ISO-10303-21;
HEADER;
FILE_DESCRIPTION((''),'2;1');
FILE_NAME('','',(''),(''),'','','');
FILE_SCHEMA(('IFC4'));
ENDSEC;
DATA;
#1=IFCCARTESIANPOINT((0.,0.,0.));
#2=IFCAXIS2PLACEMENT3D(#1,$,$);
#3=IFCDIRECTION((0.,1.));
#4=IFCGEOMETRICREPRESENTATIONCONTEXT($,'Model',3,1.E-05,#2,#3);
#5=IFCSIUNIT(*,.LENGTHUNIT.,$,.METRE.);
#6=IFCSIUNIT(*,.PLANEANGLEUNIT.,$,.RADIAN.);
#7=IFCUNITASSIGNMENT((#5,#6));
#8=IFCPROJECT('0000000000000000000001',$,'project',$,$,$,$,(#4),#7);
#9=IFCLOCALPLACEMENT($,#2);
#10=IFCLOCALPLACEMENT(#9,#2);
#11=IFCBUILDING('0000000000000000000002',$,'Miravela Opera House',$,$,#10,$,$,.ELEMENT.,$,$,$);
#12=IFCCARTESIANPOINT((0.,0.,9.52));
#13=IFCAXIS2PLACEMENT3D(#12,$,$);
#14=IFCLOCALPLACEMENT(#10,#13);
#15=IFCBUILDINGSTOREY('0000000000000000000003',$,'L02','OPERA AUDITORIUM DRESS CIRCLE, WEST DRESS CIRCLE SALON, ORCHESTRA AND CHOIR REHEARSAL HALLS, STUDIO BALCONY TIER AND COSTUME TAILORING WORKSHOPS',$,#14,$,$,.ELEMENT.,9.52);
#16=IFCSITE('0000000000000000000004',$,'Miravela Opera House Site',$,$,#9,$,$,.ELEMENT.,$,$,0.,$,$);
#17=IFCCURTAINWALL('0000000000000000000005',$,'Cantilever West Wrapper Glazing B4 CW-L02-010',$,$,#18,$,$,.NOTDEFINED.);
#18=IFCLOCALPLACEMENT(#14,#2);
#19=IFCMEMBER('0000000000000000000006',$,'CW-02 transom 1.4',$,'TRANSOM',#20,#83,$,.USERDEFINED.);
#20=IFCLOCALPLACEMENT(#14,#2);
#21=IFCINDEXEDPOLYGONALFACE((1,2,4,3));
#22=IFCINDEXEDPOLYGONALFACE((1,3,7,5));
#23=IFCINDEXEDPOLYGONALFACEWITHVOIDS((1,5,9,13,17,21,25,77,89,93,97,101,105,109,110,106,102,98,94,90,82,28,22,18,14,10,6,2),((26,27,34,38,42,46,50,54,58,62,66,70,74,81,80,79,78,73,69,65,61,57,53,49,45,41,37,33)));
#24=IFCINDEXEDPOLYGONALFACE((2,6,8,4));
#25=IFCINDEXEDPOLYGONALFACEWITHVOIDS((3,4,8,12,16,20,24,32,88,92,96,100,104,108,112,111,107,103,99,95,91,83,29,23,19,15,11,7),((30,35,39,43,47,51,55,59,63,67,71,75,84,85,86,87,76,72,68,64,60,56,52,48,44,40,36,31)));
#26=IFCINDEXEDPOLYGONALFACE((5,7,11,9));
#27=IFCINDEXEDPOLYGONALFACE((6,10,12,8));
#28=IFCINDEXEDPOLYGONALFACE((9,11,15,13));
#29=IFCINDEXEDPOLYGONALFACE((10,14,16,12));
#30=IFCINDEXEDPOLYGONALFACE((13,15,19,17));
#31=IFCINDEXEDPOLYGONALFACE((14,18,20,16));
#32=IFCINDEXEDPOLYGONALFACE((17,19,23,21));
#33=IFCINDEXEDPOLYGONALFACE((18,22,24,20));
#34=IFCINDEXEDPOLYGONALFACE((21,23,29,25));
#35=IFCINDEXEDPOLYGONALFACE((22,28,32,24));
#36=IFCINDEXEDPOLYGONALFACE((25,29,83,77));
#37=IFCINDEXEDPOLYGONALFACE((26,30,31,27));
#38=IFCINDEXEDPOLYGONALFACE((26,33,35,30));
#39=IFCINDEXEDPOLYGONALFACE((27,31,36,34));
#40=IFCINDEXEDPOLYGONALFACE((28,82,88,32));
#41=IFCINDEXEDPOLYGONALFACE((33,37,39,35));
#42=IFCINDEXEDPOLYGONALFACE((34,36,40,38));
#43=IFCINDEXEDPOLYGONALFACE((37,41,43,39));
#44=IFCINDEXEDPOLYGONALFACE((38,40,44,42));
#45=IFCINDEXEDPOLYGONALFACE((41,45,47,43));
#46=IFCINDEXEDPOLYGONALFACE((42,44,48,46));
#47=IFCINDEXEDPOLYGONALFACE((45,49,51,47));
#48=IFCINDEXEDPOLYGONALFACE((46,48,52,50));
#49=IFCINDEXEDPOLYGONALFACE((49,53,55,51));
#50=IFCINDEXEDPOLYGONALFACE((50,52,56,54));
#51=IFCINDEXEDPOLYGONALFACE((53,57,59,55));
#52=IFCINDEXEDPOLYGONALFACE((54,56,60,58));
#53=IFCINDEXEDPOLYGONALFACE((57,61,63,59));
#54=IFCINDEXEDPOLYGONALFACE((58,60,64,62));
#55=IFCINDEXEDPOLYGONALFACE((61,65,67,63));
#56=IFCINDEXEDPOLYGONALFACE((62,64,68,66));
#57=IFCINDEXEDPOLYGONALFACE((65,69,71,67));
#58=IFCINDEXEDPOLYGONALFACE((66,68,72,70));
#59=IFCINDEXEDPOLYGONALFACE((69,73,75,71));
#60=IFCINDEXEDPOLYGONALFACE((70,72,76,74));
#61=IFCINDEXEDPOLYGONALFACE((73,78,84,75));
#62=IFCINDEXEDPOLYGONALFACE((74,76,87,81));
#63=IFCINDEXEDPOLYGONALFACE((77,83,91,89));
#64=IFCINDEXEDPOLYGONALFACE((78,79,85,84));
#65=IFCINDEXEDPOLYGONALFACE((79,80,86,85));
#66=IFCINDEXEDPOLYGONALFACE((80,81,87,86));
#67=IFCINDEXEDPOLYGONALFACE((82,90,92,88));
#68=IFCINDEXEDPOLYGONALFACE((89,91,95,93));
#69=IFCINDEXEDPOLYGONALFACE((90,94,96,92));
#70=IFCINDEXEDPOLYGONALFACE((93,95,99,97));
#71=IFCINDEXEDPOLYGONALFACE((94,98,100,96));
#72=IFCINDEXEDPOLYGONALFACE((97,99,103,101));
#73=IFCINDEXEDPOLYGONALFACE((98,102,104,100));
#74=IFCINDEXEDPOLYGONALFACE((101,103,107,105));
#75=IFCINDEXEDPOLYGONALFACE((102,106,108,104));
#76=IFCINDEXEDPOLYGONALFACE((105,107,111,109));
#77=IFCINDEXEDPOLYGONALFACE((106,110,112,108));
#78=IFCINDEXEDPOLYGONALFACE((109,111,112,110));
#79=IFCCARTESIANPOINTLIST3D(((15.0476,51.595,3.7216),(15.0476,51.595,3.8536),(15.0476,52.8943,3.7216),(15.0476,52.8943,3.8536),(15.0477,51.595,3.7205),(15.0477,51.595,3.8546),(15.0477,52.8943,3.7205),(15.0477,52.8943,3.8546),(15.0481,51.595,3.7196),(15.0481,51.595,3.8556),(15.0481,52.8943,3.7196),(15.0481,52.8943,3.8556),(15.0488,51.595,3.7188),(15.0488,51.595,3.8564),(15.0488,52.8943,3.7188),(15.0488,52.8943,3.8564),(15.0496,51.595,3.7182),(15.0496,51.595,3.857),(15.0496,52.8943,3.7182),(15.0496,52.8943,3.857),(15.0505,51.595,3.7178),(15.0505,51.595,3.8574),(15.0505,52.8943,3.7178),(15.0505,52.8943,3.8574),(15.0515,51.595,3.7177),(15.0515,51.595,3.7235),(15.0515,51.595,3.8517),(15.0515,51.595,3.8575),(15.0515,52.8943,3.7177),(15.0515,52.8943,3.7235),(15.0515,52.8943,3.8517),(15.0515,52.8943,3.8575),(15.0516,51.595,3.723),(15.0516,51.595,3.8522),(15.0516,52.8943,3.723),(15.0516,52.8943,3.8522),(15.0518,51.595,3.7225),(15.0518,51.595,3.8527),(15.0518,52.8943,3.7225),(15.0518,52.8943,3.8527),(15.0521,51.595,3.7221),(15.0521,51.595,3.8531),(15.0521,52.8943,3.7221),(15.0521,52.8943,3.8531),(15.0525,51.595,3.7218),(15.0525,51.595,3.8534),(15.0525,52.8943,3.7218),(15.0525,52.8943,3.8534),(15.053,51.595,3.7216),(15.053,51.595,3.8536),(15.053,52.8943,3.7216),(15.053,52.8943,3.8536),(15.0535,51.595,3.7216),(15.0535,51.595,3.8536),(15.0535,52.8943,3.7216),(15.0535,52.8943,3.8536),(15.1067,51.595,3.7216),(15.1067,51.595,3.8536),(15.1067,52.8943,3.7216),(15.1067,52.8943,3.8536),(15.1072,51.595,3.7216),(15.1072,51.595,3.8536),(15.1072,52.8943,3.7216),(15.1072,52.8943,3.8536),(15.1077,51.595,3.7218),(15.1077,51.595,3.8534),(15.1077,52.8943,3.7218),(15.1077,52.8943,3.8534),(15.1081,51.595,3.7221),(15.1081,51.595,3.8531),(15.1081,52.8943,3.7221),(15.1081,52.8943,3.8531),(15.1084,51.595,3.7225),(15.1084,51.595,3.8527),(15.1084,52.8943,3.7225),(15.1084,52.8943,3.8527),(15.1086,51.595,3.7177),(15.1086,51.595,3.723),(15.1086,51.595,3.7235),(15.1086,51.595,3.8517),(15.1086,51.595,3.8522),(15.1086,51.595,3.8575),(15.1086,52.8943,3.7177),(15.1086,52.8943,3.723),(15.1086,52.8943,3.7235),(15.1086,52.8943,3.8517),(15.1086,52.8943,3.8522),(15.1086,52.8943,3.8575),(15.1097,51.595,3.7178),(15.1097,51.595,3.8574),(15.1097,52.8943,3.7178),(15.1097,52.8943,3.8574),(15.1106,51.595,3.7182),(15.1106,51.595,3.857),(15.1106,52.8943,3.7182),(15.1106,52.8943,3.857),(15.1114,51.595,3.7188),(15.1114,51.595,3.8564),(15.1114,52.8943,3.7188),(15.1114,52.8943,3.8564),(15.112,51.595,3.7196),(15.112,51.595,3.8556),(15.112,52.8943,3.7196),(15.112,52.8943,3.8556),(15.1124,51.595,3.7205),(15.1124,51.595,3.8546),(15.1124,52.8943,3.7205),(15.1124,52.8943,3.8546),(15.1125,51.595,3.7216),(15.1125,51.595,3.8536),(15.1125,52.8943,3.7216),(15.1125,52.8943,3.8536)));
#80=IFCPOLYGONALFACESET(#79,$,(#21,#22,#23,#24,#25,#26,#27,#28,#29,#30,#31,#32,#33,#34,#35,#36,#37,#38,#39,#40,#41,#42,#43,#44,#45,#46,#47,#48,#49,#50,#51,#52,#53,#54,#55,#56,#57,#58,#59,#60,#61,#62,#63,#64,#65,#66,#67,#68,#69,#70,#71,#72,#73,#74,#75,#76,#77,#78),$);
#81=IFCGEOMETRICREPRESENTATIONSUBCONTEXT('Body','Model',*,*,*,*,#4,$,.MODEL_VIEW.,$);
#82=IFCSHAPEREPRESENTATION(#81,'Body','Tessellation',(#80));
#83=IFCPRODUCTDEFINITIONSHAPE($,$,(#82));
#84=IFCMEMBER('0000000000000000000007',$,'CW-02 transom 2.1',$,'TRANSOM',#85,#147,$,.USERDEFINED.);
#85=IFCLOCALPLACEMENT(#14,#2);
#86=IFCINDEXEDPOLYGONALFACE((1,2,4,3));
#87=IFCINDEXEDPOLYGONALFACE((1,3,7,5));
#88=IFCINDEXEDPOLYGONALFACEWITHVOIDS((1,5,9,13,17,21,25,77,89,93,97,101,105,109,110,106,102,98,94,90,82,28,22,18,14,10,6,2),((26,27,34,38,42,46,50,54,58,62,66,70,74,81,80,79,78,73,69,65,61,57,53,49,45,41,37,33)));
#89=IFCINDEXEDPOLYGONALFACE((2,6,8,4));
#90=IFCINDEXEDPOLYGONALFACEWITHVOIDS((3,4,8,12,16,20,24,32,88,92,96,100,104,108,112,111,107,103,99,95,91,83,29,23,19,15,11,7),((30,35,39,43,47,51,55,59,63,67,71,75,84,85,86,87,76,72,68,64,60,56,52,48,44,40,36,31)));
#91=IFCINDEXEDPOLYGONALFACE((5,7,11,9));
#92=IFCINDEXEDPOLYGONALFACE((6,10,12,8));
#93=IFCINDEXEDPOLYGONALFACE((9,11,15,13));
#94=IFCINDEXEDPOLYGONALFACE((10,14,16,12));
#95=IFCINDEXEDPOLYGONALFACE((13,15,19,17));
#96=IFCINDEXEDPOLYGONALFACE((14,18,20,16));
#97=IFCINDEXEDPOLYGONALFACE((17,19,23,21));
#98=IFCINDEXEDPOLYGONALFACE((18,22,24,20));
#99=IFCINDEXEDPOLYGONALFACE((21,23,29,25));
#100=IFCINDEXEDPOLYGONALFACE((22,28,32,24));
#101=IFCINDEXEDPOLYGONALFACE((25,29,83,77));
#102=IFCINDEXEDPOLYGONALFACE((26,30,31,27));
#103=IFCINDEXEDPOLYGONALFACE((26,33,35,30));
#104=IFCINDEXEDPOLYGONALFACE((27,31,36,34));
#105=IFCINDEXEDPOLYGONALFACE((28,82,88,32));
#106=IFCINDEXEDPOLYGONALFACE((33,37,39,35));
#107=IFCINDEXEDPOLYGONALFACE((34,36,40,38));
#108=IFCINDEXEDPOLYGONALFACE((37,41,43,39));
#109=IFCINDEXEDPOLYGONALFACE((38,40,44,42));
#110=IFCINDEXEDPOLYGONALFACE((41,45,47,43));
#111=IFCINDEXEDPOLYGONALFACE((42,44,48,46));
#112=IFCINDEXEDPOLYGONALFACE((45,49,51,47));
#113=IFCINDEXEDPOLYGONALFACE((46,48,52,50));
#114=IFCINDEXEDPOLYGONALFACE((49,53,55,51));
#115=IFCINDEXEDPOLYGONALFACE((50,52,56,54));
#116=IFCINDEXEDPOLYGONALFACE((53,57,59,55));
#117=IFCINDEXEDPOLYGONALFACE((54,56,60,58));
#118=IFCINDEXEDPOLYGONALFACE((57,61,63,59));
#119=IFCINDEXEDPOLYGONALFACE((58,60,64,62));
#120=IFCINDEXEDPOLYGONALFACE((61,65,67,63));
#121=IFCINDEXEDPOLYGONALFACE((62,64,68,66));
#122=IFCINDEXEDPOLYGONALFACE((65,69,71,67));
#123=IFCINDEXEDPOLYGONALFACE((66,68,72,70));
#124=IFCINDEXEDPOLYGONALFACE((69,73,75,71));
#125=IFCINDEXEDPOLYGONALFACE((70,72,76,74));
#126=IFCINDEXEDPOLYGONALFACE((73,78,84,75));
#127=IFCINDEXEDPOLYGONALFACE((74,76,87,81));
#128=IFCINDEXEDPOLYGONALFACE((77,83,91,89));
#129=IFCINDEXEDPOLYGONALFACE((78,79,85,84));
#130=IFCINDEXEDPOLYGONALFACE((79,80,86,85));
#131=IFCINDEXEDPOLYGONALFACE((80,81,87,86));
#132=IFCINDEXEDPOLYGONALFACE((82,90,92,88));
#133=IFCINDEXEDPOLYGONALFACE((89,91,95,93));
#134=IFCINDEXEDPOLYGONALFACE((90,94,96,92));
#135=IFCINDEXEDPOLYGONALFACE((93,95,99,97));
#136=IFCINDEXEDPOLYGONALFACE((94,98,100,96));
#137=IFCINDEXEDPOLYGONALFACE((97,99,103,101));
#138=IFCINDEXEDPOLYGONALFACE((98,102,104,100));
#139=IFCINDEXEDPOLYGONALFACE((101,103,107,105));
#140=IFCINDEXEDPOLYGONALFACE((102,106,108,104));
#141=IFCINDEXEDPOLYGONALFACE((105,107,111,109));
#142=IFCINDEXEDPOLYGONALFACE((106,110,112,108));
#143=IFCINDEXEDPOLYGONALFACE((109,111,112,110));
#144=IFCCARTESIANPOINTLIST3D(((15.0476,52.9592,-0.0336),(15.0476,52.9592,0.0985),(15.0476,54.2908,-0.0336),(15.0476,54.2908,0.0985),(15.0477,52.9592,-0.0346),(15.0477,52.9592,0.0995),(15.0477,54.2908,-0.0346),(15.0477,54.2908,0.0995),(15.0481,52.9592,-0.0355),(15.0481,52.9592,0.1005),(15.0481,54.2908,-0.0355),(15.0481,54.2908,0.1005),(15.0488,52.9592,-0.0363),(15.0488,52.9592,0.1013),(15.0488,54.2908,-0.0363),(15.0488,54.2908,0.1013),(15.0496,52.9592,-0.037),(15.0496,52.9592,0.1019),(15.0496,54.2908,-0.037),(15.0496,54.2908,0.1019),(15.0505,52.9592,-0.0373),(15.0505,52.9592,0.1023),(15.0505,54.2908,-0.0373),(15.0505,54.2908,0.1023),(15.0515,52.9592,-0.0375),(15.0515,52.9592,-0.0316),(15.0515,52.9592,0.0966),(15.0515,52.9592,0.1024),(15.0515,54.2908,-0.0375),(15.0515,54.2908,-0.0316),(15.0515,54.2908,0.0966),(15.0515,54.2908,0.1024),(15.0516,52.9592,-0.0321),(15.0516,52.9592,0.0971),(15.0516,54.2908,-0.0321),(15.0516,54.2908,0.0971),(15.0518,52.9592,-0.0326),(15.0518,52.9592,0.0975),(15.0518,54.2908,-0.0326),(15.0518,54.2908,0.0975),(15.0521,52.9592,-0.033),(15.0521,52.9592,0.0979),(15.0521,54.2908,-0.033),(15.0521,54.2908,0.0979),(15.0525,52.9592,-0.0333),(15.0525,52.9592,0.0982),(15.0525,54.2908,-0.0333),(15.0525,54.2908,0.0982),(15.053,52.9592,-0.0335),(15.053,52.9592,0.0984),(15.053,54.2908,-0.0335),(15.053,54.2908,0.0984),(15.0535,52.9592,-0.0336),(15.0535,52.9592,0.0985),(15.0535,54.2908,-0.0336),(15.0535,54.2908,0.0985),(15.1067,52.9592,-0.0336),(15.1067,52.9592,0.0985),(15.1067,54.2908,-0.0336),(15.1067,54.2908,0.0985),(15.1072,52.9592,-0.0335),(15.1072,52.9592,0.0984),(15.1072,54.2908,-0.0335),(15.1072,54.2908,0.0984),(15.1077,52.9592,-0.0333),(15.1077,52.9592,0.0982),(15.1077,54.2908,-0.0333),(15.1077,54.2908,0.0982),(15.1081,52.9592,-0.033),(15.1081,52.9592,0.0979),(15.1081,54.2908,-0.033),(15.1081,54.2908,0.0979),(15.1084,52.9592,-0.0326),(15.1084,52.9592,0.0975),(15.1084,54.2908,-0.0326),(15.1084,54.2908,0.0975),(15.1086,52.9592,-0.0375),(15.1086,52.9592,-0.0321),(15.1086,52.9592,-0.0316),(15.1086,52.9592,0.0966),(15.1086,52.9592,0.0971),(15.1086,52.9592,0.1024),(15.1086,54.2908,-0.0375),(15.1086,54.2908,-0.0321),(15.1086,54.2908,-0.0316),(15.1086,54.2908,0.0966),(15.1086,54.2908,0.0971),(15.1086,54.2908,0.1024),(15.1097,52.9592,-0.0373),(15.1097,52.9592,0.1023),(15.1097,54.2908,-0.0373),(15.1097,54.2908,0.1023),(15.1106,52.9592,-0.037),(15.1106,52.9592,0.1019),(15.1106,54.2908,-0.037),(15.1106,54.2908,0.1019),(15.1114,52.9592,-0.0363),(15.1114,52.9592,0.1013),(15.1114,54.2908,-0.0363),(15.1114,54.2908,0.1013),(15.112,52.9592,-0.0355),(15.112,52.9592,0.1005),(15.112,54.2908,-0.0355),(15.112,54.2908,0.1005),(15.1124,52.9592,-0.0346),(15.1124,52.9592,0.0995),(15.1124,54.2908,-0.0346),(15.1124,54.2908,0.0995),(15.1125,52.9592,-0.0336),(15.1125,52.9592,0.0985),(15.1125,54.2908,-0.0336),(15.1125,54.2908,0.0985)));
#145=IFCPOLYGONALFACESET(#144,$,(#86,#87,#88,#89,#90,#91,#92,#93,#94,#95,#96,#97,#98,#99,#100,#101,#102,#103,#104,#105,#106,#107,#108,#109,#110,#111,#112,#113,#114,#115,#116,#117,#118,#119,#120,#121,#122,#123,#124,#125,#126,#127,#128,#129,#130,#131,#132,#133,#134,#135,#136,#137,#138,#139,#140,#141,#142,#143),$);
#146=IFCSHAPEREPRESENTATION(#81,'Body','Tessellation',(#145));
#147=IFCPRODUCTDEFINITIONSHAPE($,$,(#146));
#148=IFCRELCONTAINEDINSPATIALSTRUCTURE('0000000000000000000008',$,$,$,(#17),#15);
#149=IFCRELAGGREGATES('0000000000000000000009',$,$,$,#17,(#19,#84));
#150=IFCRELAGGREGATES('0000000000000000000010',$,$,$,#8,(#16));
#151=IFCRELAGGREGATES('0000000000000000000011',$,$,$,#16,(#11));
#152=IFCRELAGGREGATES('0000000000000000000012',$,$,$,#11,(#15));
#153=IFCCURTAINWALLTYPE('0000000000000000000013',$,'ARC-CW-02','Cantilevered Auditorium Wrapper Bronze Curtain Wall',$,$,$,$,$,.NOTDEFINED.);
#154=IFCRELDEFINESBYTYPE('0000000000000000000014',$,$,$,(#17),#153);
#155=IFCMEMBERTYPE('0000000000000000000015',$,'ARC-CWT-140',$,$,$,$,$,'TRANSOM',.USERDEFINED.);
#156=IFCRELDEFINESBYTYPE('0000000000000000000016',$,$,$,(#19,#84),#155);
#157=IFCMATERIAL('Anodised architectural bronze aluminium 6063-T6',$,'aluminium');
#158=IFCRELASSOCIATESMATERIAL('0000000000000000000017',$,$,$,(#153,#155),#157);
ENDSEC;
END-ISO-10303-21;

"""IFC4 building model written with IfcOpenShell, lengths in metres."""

from ifc_helpers import new_model, si_unit, direction, frame, origin, origin_2d, place, context, subcontext, project, spatial, hollow_rectangle, extrude, material, material_profile, profile_set, type_object, element, aggregate, save


model = new_model("IFC4")

# Units and contexts
model_context = context("Model", 3, precision=1e-05, world=origin(), true_north=direction((0.0, 1.0)))
body_context = subcontext(model_context, "Body", "Model", "MODEL_VIEW")
ifc_project = project(units=[si_unit("LENGTHUNIT", "METRE"), si_unit("PLANEANGLEUNIT", "RADIAN")], contexts=[model_context])

# Site, building, storey
site_placement = place(None, origin())
site = spatial("IfcSite", under=ifc_project, at=site_placement, Name="Miravela Opera House Site", CompositionType="ELEMENT", RefElevation=0.0)
building_placement = place(site_placement, origin())
building = spatial("IfcBuilding", under=site, at=building_placement, Name="Miravela Opera House", CompositionType="ELEMENT")
storey_placement = place(building_placement, frame((0.0, 0.0, 9.52)))
storey = spatial("IfcBuildingStorey", under=building, at=storey_placement, Name="L02", Description="OPERA AUDITORIUM DRESS CIRCLE, WEST DRESS CIRCLE SALON, ORCHESTRA AND CHOIR REHEARSAL HALLS, STUDIO BALCONY TIER AND COSTUME TAILORING WORKSHOPS", CompositionType="ELEMENT", Elevation=9.52)

# Shared definitions
ifc_material_1 = material(Name="Anodised architectural bronze aluminium 6063-T6", Category="aluminium")
curtain_wall_type = type_object("IfcCurtainWallType", Name="ARC-CW-02", Description="Cantilevered Auditorium Wrapper Bronze Curtain Wall", PredefinedType="NOTDEFINED", material=ifc_material_1)

# Curtain wall
curtain_wall_1_placement = place(storey_placement, origin())
curtain_wall_1 = element("IfcCurtainWall", 1, at=curtain_wall_1_placement, inside=storey, type_object=curtain_wall_type, Name="Cantilever West Wrapper Glazing B4 CW-L02-010", PredefinedType="NOTDEFINED")

# Members
ifc_material_profile_1 = material_profile(ifc_material_1, hollow_rectangle(XDim=0.0649, YDim=0.1399, WallThickness=0.0039, InnerFilletRadius=0.002, OuterFilletRadius=0.0039, at=origin_2d()), Name="CWT-65X140")
ifc_profile_set_1 = profile_set([ifc_material_profile_1])
member_type_1 = type_object("IfcMemberType", Name="ARC-CWT-140", ElementType="TRANSOM", PredefinedType="USERDEFINED", material=ifc_profile_set_1)
member_1_placement = place(storey_placement, frame((15.0801, 51.595, 3.7876), z_axis=(0.0, 1.0, 0.0), x_axis=(-1.0, 0.0, 0.0)))
member_1 = element("IfcMember", 2, at=member_1_placement, type_object=member_type_1, Name="CW-02 transom 1.4", ObjectType="TRANSOM", PredefinedType="USERDEFINED", context=body_context, shape_type="SweptSolid", body=[
    extrude(hollow_rectangle(XDim=0.0649, YDim=0.1399, WallThickness=0.0039, InnerFilletRadius=0.002, OuterFilletRadius=0.0039, at=origin_2d()), origin(), (0.0, 0.0, 1.0), 1.2993),
])
member_2_placement = place(storey_placement, frame((15.0801, 52.9592, 0.0325), z_axis=(0.0, 1.0, 0.0), x_axis=(-1.0, 0.0, 0.0)))
member_2 = element("IfcMember", 3, at=member_2_placement, type_object=member_type_1, Name="CW-02 transom 2.1", ObjectType="TRANSOM", PredefinedType="USERDEFINED", context=body_context, shape_type="SweptSolid", body=[
    extrude(hollow_rectangle(XDim=0.0649, YDim=0.1399, WallThickness=0.0039, InnerFilletRadius=0.002, OuterFilletRadius=0.0039, at=origin_2d()), origin(), (0.0, 0.0, 1.0), 1.3315),
])

aggregate(curtain_wall_1, [member_1, member_2])

save(model, "model.ifc")
